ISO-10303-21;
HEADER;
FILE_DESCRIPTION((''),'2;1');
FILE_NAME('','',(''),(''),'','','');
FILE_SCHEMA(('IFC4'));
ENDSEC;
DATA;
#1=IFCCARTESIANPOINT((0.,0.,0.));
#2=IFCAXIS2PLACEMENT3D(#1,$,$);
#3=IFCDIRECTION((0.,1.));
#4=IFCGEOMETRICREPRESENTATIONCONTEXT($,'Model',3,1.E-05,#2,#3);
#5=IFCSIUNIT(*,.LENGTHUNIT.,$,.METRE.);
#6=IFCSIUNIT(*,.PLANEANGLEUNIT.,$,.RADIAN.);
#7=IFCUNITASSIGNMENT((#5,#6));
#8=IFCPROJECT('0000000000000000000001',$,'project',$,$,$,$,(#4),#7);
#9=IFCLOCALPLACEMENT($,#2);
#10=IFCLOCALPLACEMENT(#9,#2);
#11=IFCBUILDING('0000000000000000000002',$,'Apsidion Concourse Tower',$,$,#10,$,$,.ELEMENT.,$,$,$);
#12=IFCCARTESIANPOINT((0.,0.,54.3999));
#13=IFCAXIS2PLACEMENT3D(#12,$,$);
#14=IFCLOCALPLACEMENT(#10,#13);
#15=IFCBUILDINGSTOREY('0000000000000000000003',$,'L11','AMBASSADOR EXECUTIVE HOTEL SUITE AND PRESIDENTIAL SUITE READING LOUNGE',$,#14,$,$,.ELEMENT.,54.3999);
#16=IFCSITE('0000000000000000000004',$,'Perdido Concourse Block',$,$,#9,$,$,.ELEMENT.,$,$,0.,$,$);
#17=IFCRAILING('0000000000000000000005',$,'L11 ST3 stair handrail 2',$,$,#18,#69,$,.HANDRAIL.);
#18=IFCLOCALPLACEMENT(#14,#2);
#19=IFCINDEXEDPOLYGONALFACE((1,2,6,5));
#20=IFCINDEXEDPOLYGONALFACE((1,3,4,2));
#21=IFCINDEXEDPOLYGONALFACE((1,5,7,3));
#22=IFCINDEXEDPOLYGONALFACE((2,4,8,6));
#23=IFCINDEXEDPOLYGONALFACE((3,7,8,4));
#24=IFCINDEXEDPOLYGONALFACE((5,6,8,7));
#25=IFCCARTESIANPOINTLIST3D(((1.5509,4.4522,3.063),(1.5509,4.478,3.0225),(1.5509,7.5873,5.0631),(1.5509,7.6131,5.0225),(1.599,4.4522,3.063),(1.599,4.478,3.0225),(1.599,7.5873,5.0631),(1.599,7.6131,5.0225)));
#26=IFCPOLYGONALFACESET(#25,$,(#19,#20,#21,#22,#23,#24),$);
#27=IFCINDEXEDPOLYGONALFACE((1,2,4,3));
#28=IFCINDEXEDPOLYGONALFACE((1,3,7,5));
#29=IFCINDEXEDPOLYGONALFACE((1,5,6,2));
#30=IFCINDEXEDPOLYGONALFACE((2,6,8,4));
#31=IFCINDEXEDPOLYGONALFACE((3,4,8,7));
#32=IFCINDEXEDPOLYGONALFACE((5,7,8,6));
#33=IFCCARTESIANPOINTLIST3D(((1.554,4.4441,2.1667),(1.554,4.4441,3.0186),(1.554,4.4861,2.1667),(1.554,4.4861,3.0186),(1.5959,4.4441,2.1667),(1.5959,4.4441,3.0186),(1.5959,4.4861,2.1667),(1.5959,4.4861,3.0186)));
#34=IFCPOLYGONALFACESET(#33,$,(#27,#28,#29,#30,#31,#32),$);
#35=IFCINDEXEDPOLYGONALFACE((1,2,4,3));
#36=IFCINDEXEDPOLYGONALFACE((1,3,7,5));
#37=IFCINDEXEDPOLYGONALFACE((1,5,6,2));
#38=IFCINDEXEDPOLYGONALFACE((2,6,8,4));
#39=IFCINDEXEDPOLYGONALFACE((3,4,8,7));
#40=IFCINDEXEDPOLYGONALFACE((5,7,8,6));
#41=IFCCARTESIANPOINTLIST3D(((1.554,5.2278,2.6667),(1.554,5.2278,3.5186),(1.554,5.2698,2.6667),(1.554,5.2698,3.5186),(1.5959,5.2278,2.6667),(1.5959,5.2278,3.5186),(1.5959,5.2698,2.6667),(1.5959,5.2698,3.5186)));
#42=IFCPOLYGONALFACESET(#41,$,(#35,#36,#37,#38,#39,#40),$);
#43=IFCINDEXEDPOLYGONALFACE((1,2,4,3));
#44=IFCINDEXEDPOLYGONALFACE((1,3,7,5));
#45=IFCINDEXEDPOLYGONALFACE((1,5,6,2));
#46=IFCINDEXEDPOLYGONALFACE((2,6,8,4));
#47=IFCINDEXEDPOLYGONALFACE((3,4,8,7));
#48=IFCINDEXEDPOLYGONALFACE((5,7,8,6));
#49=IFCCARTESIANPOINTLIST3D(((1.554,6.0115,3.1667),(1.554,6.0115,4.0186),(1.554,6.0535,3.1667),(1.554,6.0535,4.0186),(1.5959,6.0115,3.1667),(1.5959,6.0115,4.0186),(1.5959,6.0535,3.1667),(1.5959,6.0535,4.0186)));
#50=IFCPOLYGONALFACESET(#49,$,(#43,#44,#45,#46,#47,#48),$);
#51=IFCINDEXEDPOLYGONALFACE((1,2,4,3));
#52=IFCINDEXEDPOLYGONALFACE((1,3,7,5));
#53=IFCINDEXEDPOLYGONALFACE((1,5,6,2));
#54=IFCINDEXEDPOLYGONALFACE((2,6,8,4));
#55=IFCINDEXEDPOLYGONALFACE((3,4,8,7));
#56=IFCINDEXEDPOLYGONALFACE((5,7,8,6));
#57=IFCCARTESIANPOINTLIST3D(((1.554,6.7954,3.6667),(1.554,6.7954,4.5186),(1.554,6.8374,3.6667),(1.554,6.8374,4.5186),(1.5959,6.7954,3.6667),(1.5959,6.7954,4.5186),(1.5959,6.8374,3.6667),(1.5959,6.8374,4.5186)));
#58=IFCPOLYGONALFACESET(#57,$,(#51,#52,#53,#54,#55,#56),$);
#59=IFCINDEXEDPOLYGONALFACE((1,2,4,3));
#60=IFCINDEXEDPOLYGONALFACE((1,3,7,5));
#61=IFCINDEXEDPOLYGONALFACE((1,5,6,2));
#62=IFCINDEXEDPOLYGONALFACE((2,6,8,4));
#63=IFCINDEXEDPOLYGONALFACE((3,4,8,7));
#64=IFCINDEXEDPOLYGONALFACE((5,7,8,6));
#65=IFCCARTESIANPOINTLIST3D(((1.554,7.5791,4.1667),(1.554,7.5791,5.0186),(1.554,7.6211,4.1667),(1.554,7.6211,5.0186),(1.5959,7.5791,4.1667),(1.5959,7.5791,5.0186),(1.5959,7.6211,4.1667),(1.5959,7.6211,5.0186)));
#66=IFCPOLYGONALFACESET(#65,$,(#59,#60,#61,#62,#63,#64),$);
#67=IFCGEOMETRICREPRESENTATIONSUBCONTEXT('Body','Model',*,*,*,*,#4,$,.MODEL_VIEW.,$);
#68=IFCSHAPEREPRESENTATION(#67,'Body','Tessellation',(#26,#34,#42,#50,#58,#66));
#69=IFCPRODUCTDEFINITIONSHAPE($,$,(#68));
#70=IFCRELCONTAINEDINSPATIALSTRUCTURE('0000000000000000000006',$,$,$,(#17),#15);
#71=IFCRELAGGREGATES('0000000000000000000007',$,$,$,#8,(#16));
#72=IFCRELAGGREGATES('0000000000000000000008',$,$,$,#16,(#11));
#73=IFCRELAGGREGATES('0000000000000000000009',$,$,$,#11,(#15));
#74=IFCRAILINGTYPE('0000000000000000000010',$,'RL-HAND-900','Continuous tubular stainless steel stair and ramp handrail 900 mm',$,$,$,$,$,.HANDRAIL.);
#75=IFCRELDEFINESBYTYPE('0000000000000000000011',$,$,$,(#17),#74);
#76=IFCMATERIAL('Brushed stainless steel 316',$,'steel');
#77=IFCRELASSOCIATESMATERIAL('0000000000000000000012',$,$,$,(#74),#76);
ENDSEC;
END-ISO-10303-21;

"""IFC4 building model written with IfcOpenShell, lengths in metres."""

from ifc_helpers import new_model, si_unit, direction, frame, origin, origin_2d, place, context, subcontext, project, spatial, rectangle, extrude, material, type_object, element, save


model = new_model("IFC4")

# Units and contexts
model_context = context("Model", 3, precision=1e-05, world=origin(), true_north=direction((0.0, 1.0)))
body_context = subcontext(model_context, "Body", "Model", "MODEL_VIEW")
ifc_project = project(units=[si_unit("LENGTHUNIT", "METRE"), si_unit("PLANEANGLEUNIT", "RADIAN")], contexts=[model_context])

# Site, building, storey
site_placement = place(None, origin())
site = spatial("IfcSite", under=ifc_project, at=site_placement, Name="Perdido Concourse Block", CompositionType="ELEMENT", RefElevation=0.0)
building_placement = place(site_placement, origin())
building = spatial("IfcBuilding", under=site, at=building_placement, Name="Apsidion Concourse Tower", CompositionType="ELEMENT")
storey_placement = place(building_placement, frame((0.0, 0.0, 54.3999)))
storey = spatial("IfcBuildingStorey", under=building, at=storey_placement, Name="L11", Description="AMBASSADOR EXECUTIVE HOTEL SUITE AND PRESIDENTIAL SUITE READING LOUNGE", CompositionType="ELEMENT", Elevation=54.3999)

# Railing
ifc_material_1 = material(Name="Brushed stainless steel 316", Category="steel")
railing_type_1 = type_object("IfcRailingType", Name="RL-HAND-900", Description="Continuous tubular stainless steel stair and ramp handrail 900 mm", PredefinedType="HANDRAIL", material=ifc_material_1)
railing_1_placement = place(storey_placement, frame((1.575, 4.4651, 2.1667)))
element("IfcRailing", 1, at=railing_1_placement, inside=storey, type_object=railing_type_1, Name="L11 ST3 stair handrail 2", PredefinedType="HANDRAIL", context=body_context, shape_type="SweptSolid", body=[
    extrude(rectangle(XDim=0.0481, YDim=0.0481, at=origin_2d()), frame((0.0, 0.0, 0.876), z_axis=(0.0, 0.843053, 0.537831), x_axis=(-1.0, 0.0, 0.0)), (0.0, 0.0, 1.0), 3.7188),
    extrude(rectangle(XDim=0.042, YDim=0.042, at=origin_2d()), origin(), (0.0, 0.0, 1.0), 0.8518),
    extrude(rectangle(XDim=0.042, YDim=0.042, at=origin_2d()), frame((0.0, 0.7837, 0.5)), (0.0, 0.0, 1.0), 0.8518),
    extrude(rectangle(XDim=0.042, YDim=0.042, at=origin_2d()), frame((0.0, 1.5674, 1.0)), (0.0, 0.0, 1.0), 0.8518),
    extrude(rectangle(XDim=0.042, YDim=0.042, at=origin_2d()), frame((0.0, 2.3513, 1.5)), (0.0, 0.0, 1.0), 0.8518),
    extrude(rectangle(XDim=0.042, YDim=0.042, at=origin_2d()), frame((0.0, 3.135, 2.0)), (0.0, 0.0, 1.0), 0.8518),
])

save(model, "model.ifc")
